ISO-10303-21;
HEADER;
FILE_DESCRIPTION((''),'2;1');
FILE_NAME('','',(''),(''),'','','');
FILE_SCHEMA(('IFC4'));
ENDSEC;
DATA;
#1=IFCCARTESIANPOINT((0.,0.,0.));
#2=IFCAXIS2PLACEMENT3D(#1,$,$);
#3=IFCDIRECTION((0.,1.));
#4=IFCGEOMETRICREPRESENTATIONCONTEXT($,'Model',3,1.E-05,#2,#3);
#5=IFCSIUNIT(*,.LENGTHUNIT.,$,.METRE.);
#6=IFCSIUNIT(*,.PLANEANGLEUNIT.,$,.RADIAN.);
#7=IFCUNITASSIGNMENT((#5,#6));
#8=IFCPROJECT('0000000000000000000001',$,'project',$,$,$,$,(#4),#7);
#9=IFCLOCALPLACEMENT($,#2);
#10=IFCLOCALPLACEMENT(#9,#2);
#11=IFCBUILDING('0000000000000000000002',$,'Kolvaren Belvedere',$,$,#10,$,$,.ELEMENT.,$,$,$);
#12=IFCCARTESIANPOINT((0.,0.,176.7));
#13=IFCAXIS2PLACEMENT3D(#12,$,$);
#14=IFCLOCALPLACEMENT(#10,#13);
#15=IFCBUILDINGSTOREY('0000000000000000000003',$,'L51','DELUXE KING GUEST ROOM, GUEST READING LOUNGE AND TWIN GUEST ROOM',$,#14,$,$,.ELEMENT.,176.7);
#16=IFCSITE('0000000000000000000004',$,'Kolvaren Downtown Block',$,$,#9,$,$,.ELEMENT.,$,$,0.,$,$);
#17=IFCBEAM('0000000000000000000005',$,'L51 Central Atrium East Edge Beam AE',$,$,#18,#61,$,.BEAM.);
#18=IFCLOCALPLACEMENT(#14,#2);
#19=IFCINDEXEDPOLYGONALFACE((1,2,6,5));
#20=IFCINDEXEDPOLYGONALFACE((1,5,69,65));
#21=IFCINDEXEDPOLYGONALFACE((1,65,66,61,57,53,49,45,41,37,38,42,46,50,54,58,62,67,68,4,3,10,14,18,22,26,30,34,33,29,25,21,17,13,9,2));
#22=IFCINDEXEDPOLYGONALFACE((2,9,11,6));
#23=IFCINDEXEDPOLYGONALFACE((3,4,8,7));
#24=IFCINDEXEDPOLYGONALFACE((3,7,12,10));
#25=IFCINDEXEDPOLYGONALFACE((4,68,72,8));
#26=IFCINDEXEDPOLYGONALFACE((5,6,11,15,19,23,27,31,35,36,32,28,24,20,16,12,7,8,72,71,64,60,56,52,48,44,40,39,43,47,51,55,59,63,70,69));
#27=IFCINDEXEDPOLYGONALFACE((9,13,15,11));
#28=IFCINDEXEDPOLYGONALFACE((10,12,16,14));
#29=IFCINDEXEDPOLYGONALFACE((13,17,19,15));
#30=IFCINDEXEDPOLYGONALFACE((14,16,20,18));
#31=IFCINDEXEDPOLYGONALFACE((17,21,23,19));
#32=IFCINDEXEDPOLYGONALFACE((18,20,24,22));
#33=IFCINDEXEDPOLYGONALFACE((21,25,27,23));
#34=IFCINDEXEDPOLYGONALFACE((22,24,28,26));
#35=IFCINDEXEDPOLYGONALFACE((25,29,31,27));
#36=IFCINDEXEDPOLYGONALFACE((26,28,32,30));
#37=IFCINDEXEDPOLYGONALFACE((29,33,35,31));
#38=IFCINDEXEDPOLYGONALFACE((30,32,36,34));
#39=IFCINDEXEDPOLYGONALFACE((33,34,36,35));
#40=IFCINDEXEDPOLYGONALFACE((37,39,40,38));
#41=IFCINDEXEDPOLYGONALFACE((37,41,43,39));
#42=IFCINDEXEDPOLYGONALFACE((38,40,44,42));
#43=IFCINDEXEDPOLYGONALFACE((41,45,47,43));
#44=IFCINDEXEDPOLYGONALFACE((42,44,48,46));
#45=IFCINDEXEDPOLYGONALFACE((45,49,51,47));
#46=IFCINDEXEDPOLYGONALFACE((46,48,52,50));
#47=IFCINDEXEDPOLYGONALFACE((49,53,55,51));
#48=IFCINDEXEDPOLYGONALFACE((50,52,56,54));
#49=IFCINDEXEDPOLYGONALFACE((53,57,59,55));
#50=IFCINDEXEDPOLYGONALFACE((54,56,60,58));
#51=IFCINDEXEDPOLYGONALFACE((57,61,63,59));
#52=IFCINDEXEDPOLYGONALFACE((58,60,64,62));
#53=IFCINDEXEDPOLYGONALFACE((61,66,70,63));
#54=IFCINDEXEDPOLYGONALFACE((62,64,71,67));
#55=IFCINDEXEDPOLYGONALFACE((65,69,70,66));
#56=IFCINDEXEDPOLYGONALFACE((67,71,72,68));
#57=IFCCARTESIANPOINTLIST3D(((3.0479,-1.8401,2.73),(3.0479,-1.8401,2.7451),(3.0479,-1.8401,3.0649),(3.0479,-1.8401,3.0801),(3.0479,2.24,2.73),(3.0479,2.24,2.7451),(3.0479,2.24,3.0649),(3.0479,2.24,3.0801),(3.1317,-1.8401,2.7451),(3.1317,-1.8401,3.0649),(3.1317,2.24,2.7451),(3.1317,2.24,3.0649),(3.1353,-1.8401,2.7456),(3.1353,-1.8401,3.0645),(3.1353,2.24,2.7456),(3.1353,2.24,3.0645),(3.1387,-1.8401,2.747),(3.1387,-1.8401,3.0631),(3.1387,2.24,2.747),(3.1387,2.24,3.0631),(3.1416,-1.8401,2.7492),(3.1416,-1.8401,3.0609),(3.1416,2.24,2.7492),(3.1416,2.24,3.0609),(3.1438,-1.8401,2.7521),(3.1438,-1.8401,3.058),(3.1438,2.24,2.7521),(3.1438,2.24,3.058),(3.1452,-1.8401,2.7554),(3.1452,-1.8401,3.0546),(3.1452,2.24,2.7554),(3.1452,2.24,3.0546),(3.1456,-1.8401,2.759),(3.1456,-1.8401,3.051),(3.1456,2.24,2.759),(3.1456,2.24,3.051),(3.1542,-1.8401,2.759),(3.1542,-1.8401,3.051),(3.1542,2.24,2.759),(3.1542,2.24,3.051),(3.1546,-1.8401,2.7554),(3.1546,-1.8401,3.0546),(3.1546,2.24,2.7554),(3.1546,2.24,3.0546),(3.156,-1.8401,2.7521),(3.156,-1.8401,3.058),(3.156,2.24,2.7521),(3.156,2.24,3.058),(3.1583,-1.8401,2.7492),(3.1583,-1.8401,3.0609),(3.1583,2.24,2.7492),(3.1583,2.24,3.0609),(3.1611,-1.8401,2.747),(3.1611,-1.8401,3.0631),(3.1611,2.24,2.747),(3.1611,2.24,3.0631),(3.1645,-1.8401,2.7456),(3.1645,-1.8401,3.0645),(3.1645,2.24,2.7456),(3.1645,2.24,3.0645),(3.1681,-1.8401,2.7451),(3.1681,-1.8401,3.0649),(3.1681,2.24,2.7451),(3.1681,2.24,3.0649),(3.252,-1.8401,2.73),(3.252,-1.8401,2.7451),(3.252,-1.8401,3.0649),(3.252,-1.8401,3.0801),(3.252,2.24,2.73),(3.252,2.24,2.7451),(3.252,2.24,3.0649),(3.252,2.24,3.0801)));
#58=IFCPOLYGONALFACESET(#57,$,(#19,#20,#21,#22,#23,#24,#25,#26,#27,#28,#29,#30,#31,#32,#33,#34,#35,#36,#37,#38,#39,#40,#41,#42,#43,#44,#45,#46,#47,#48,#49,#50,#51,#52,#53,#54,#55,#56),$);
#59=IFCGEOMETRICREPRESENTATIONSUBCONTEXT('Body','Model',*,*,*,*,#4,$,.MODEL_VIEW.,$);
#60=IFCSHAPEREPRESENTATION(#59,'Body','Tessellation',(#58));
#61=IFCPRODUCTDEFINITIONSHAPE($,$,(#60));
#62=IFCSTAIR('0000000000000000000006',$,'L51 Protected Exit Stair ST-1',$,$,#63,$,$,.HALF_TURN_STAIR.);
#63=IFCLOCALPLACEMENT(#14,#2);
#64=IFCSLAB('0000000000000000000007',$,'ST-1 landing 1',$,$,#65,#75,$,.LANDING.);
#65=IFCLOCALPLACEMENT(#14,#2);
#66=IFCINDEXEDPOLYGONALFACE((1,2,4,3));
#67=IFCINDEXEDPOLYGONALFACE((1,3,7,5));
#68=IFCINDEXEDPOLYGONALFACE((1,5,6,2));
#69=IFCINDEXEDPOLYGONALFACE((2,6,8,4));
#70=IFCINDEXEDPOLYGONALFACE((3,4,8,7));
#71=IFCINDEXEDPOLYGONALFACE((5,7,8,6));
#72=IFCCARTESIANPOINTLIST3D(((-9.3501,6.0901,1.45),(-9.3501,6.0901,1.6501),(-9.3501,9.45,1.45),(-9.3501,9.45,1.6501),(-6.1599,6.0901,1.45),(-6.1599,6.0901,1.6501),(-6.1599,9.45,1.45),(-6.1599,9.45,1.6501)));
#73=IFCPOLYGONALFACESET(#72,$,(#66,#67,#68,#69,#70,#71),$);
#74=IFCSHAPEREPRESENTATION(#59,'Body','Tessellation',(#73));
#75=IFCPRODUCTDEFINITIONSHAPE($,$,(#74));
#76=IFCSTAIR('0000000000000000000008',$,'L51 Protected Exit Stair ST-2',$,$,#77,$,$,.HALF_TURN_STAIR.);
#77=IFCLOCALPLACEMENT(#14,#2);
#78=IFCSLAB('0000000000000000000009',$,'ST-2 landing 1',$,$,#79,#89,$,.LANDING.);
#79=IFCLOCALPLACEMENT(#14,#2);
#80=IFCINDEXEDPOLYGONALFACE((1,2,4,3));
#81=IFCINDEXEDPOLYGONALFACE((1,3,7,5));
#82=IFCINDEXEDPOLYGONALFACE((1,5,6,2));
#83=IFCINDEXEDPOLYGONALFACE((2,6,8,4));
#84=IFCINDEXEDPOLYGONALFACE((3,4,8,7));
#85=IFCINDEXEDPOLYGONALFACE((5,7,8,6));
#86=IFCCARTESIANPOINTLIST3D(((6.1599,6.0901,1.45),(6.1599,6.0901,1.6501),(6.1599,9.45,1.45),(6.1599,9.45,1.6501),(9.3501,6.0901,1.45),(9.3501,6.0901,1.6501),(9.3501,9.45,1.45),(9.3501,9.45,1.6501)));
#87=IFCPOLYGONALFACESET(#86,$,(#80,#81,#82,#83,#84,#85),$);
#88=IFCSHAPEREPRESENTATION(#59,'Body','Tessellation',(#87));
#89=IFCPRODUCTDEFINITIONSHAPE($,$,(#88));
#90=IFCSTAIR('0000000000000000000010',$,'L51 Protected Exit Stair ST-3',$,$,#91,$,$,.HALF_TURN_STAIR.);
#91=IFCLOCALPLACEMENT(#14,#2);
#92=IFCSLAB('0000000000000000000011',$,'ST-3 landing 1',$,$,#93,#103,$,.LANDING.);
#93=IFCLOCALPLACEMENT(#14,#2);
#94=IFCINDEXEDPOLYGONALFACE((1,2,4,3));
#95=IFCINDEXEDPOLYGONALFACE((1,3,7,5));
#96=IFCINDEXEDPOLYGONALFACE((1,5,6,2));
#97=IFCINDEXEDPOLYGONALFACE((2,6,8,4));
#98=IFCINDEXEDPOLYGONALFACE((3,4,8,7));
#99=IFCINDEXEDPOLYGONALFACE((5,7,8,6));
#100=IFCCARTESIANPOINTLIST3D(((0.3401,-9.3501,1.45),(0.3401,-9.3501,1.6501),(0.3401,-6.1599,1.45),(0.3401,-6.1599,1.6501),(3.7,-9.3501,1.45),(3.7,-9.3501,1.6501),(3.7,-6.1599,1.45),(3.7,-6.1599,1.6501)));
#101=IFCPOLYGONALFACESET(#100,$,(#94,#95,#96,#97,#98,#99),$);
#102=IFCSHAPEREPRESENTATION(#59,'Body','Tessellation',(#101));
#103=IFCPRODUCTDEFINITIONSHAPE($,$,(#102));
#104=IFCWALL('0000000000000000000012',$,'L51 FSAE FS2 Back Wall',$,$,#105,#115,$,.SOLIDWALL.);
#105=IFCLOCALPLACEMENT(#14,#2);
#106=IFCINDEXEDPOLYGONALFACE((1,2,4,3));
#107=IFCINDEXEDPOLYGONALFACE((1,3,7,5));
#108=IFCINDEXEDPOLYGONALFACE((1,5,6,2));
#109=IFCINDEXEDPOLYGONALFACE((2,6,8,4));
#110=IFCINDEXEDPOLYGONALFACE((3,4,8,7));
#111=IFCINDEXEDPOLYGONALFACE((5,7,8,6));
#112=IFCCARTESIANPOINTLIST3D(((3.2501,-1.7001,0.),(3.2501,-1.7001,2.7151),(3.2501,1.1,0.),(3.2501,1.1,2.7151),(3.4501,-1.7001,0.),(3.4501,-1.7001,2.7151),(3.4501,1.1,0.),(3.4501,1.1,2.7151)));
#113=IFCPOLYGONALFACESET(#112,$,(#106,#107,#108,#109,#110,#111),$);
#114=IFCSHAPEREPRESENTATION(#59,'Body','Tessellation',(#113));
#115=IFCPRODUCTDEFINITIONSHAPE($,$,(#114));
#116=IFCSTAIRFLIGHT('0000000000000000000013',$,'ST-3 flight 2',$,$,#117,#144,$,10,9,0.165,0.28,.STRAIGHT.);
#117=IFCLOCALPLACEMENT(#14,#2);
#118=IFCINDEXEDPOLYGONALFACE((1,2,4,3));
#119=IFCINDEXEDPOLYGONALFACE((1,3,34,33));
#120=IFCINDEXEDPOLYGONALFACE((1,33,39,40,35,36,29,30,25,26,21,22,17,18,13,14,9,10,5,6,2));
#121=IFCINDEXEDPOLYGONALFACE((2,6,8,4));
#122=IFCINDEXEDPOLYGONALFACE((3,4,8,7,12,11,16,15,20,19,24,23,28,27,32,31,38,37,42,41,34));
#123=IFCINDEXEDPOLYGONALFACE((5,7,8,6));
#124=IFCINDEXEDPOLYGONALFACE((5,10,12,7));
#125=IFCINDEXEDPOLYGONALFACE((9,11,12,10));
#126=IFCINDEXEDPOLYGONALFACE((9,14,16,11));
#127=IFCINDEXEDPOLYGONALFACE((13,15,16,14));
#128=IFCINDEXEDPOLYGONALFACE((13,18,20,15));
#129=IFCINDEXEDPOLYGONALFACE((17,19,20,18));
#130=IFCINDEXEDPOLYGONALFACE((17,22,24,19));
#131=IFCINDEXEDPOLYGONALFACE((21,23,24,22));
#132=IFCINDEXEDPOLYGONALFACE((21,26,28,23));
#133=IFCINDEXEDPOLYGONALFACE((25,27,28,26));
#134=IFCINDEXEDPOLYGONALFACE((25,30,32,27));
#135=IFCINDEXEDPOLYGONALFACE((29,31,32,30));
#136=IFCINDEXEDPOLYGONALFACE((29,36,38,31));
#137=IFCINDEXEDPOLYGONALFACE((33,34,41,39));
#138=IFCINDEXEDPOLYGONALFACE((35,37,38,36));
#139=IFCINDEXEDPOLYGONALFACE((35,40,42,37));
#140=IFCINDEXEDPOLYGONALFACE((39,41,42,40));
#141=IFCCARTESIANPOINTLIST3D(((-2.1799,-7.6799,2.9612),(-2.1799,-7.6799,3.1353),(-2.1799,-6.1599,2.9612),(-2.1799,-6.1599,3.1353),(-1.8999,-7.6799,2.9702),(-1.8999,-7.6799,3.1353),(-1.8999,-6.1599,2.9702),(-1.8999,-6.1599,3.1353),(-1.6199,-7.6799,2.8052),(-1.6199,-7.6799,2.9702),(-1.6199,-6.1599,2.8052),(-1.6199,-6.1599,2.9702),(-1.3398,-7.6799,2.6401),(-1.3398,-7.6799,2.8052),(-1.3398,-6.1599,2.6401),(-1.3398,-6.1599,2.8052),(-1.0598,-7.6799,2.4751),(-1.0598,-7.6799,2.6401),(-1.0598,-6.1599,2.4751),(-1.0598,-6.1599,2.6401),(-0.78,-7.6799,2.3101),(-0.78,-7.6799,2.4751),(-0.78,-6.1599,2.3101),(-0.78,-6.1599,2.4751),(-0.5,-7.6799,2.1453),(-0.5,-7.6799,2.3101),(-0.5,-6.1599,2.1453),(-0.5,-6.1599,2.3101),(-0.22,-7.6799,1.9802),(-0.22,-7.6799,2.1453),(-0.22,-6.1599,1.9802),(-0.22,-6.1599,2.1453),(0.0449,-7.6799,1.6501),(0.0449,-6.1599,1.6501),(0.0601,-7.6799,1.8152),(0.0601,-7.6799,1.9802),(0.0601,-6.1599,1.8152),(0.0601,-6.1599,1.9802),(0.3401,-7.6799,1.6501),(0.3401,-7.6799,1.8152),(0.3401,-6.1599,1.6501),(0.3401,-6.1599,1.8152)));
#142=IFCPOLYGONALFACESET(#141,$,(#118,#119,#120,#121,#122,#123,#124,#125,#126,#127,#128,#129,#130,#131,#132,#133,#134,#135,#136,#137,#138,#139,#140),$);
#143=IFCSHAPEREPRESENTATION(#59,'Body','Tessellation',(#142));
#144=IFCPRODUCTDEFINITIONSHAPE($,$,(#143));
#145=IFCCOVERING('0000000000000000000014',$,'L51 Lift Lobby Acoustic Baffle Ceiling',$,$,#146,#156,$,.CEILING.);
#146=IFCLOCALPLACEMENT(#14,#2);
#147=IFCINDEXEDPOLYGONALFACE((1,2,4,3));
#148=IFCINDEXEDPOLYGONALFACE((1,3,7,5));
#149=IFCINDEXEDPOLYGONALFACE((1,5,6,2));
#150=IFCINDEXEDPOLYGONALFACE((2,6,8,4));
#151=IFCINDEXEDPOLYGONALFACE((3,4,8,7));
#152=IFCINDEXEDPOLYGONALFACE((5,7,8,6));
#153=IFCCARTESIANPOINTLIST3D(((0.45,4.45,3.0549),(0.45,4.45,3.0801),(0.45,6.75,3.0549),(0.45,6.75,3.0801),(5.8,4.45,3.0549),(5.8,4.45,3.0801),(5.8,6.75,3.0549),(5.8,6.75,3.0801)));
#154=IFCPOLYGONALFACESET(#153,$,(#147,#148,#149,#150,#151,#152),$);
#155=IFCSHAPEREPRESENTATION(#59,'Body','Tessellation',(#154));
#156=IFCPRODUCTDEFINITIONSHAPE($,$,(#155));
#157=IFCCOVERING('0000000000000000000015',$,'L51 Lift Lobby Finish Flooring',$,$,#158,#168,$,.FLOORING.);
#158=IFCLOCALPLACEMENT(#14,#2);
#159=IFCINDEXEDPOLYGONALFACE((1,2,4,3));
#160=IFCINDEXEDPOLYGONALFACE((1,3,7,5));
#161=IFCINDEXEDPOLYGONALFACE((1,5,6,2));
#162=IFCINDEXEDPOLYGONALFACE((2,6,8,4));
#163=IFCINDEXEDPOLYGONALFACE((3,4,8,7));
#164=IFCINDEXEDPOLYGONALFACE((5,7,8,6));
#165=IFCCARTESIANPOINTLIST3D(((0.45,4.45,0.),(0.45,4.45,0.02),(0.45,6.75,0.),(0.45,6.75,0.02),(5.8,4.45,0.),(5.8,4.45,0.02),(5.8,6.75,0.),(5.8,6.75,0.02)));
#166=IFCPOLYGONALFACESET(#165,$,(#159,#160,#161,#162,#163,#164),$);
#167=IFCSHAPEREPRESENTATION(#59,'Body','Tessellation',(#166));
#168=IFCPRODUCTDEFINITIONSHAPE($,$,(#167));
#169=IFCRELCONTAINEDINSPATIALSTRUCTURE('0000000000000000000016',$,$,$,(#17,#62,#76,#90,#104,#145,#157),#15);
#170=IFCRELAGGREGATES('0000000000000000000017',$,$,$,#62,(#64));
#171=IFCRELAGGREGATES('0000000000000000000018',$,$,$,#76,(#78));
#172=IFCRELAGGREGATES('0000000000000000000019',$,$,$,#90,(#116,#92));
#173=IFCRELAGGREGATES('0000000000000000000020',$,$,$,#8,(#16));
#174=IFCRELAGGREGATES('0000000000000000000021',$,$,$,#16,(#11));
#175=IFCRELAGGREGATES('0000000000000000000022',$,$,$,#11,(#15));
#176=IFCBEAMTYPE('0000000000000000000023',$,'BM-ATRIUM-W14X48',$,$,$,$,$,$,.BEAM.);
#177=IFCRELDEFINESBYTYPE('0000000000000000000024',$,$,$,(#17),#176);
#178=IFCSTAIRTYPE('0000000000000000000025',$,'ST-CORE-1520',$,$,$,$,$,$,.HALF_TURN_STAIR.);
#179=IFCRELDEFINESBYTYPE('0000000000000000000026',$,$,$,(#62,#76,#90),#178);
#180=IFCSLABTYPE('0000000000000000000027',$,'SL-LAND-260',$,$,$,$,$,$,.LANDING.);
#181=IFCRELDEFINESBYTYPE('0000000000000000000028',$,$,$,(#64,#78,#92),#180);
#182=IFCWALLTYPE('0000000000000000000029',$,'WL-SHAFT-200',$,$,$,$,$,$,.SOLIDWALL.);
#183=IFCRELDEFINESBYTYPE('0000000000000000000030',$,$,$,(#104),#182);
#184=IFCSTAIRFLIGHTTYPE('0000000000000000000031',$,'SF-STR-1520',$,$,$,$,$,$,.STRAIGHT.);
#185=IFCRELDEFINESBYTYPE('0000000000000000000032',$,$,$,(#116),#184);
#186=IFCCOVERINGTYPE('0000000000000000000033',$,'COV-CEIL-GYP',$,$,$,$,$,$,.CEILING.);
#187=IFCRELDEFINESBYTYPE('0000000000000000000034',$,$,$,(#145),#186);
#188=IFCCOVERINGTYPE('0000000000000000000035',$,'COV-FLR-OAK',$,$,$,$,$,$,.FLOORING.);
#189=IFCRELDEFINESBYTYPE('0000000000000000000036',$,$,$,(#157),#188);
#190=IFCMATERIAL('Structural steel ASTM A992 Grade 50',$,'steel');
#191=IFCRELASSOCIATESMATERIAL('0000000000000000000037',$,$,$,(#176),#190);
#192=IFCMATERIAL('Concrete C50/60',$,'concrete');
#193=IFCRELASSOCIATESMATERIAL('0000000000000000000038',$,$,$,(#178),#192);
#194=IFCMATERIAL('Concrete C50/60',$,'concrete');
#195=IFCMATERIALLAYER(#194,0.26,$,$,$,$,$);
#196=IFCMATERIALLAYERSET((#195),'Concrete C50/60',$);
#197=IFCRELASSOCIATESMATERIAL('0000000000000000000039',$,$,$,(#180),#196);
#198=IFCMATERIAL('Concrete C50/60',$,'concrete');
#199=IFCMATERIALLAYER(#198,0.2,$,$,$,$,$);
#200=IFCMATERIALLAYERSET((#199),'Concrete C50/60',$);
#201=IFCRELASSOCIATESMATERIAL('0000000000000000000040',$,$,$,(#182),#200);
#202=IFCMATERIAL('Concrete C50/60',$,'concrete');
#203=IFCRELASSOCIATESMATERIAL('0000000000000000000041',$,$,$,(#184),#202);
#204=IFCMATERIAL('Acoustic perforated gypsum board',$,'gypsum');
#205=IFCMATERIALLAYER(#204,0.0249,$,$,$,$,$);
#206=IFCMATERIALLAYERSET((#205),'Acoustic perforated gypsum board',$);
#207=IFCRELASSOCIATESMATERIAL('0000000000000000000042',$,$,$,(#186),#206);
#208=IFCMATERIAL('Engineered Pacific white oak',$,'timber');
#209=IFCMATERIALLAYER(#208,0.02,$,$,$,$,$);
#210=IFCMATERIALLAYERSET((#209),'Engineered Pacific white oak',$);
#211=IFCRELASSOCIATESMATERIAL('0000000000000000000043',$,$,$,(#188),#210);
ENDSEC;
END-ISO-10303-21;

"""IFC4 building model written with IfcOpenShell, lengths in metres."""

from ifc_helpers import new_model, si_unit, direction, frame, frame_2d, origin, origin_2d, place, context, subcontext, project, spatial, polyline, rectangle, i_section, outline, extrude, material, layer, layer_set, material_profile, profile_set, type_object, element, aggregate, save


model = new_model("IFC4")

# Units and contexts
model_context = context("Model", 3, precision=1e-05, world=origin(), true_north=direction((0.0, 1.0)))
body_context = subcontext(model_context, "Body", "Model", "MODEL_VIEW")
ifc_project = project(units=[si_unit("LENGTHUNIT", "METRE"), si_unit("PLANEANGLEUNIT", "RADIAN")], contexts=[model_context])

# Site, building, storey
site_placement = place(None, origin())
site = spatial("IfcSite", under=ifc_project, at=site_placement, Name="Kolvaren Downtown Block", CompositionType="ELEMENT", RefElevation=0.0)
building_placement = place(site_placement, origin())
building = spatial("IfcBuilding", under=site, at=building_placement, Name="Kolvaren Belvedere", CompositionType="ELEMENT")
storey_placement = place(building_placement, frame((0.0, 0.0, 176.7)))
storey = spatial("IfcBuildingStorey", under=building, at=storey_placement, Name="L51", Description="DELUXE KING GUEST ROOM, GUEST READING LOUNGE AND TWIN GUEST ROOM", CompositionType="ELEMENT", Elevation=176.7)

# Beam
ifc_material_1 = material(Name="Structural steel ASTM A992 Grade 50", Category="steel")
ifc_material_profile = material_profile(ifc_material_1, i_section(OverallWidth=0.2041, OverallDepth=0.3501, WebThickness=0.0085, FlangeThickness=0.0151, FilletRadius=0.0139, at=origin_2d()), Name="W14X48")
ifc_profile_set = profile_set([ifc_material_profile], Name="Structural steel ASTM A992 Grade 50")
beam_type = type_object("IfcBeamType", Name="BM-ATRIUM-W14X48", PredefinedType="BEAM", material=ifc_profile_set)
beam_placement = place(storey_placement, frame((3.1499, -1.8401, 2.905), z_axis=(0.0, 1.0, 0.0), x_axis=(-1.0, 0.0, 0.0)))
element("IfcBeam", 1, at=beam_placement, inside=storey, type_object=beam_type, Name="L51 Central Atrium East Edge Beam AE", PredefinedType="BEAM", context=body_context, shape_type="SweptSolid", body=[
    extrude(i_section(OverallWidth=0.2041, OverallDepth=0.3501, WebThickness=0.0085, FlangeThickness=0.0151, FilletRadius=0.0139, at=origin_2d()), origin(), (0.0, 0.0, 1.0), 4.0801),
])

# Stairs, slabs
ifc_material_2 = material(Name="Concrete C50/60", Category="concrete")
stair_type = type_object("IfcStairType", Name="ST-CORE-1520", PredefinedType="HALF_TURN_STAIR", material=ifc_material_2)
stair_1_placement = place(storey_placement, origin())
stair_1 = element("IfcStair", 2, at=stair_1_placement, inside=storey, type_object=stair_type, Name="L51 Protected Exit Stair ST-1", PredefinedType="HALF_TURN_STAIR")
ifc_material_3 = material(Name="Concrete C50/60", Category="concrete")
ifc_layer_1 = layer(ifc_material_3, 0.26)
ifc_layer_set_1 = layer_set([ifc_layer_1], Name="Concrete C50/60")
slab_type = type_object("IfcSlabType", Name="SL-LAND-260", PredefinedType="LANDING", material=ifc_layer_set_1)
slab_1_placement = place(storey_placement, frame((0.0, 0.0, 1.45)))
slab_1 = element("IfcSlab", 3, at=slab_1_placement, type_object=slab_type, Name="ST-1 landing 1", PredefinedType="LANDING", context=body_context, shape_type="SweptSolid", body=[
    extrude(outline(polyline([(-6.1599, 6.0901), (-6.1599, 9.45), (-9.3501, 9.45), (-9.3501, 6.0901), (-6.1599, 6.0901)])), origin(), (0.0, 0.0, 1.0), 0.2002),
])
aggregate(stair_1, [slab_1])
stair_2_placement = place(storey_placement, origin())
stair_2 = element("IfcStair", 4, at=stair_2_placement, inside=storey, type_object=stair_type, Name="L51 Protected Exit Stair ST-2", PredefinedType="HALF_TURN_STAIR")
slab_2_placement = place(storey_placement, frame((0.0, 0.0, 1.45)))
slab_2 = element("IfcSlab", 5, at=slab_2_placement, type_object=slab_type, Name="ST-2 landing 1", PredefinedType="LANDING", context=body_context, shape_type="SweptSolid", body=[
    extrude(outline(polyline([(9.3501, 6.0901), (9.3501, 9.45), (6.1599, 9.45), (6.1599, 6.0901), (9.3501, 6.0901)])), origin(), (0.0, 0.0, 1.0), 0.2002),
])
aggregate(stair_2, [slab_2])
stair_3_placement = place(storey_placement, origin())
stair_3 = element("IfcStair", 6, at=stair_3_placement, inside=storey, type_object=stair_type, Name="L51 Protected Exit Stair ST-3", PredefinedType="HALF_TURN_STAIR")
slab_3_placement = place(storey_placement, frame((0.0, 0.0, 1.45)))
slab_3 = element("IfcSlab", 7, at=slab_3_placement, type_object=slab_type, Name="ST-3 landing 1", PredefinedType="LANDING", context=body_context, shape_type="SweptSolid", body=[
    extrude(outline(polyline([(0.3401, -9.3501), (3.7, -9.3501), (3.7, -6.1599), (0.3401, -6.1599), (0.3401, -9.3501)])), origin(), (0.0, 0.0, 1.0), 0.2002),
])

# Wall
ifc_material_4 = material(Name="Concrete C50/60", Category="concrete")
ifc_layer_2 = layer(ifc_material_4, 0.2)
ifc_layer_set_2 = layer_set([ifc_layer_2], Name="Concrete C50/60")
wall_type = type_object("IfcWallType", Name="WL-SHAFT-200", PredefinedType="SOLIDWALL", material=ifc_layer_set_2)
wall_placement = place(storey_placement, frame((3.3501, -1.7, 0.0), z_axis=(0.0, 0.0, 1.0), x_axis=(0.0, 1.0, 0.0)))
element("IfcWall", 8, at=wall_placement, inside=storey, type_object=wall_type, Name="L51 FSAE FS2 Back Wall", PredefinedType="SOLIDWALL", context=body_context, shape_type="SweptSolid", body=[
    extrude(rectangle(XDim=2.8, YDim=0.2, at=frame_2d((1.3999, 0.0))), origin(), (0.0, 0.0, 1.0), 2.7151),
])

# Stair flight
ifc_material_5 = material(Name="Concrete C50/60", Category="concrete")
stair_flight_type = type_object("IfcStairFlightType", Name="SF-STR-1520", PredefinedType="STRAIGHT", material=ifc_material_5)
stair_flight_placement = place(storey_placement, frame((0.3401, -6.9199, 1.6501), z_axis=(0.0, 0.0, 1.0), x_axis=(-1.0, 0.0, 0.0)))
stair_flight = element("IfcStairFlight", 9, at=stair_flight_placement, type_object=stair_flight_type, Name="ST-3 flight 2", NumberOfRisers=10, NumberOfTreads=9, PredefinedType="STRAIGHT", RiserHeight=0.165, TreadLength=0.28, context=body_context, shape_type="SweptSolid", body=[
    extrude(outline(polyline([(0.0, 0.0), (0.0, 0.165), (0.28, 0.165), (0.28, 0.3301), (0.5601, 0.3301), (0.5601, 0.4951), (0.8401, 0.4951), (0.8401, 0.6599), (1.1201, 0.6599), (1.1201, 0.825), (1.3999, 0.825), (1.3999, 0.99), (1.6799, 0.99), (1.6799, 1.155), (1.96, 1.155), (1.96, 1.3201), (2.24, 1.3201), (2.24, 1.4851), (2.52, 1.4851), (2.52, 1.6499), (2.52, 1.311), (0.2952, 0.0), (0.0, 0.0)])), frame((0.0, 0.76, 0.0), z_axis=(0.0, -1.0, 0.0), x_axis=(1.0, 0.0, 0.0)), (0.0, 0.0, 1.0), 1.52),
])
aggregate(stair_3, [stair_flight, slab_3])

# Coverings
ifc_material_6 = material(Name="Acoustic perforated gypsum board", Category="gypsum")
ifc_layer_3 = layer(ifc_material_6, 0.0249)
ifc_layer_set_3 = layer_set([ifc_layer_3], Name="Acoustic perforated gypsum board")
covering_type_1 = type_object("IfcCoveringType", Name="COV-CEIL-GYP", PredefinedType="CEILING", material=ifc_layer_set_3)
covering_1_placement = place(storey_placement, frame((0.0, 0.0, 3.0549)))
element("IfcCovering", 10, at=covering_1_placement, inside=storey, type_object=covering_type_1, Name="L51 Lift Lobby Acoustic Baffle Ceiling", PredefinedType="CEILING", context=body_context, shape_type="SweptSolid", body=[
    extrude(outline(polyline([(0.45, 4.45), (5.8, 4.45), (5.8, 6.75), (0.45, 6.75), (0.45, 4.45)])), origin(), (0.0, 0.0, 1.0), 0.0251),
])
ifc_material_7 = material(Name="Engineered Pacific white oak", Category="timber")
ifc_layer_4 = layer(ifc_material_7, 0.02)
ifc_layer_set_4 = layer_set([ifc_layer_4], Name="Engineered Pacific white oak")
covering_type_2 = type_object("IfcCoveringType", Name="COV-FLR-OAK", PredefinedType="FLOORING", material=ifc_layer_set_4)
covering_2_placement = place(storey_placement, origin())
element("IfcCovering", 11, at=covering_2_placement, inside=storey, type_object=covering_type_2, Name="L51 Lift Lobby Finish Flooring", PredefinedType="FLOORING", context=body_context, shape_type="SweptSolid", body=[
    extrude(outline(polyline([(0.45, 4.45), (5.8, 4.45), (5.8, 6.75), (0.45, 6.75), (0.45, 4.45)])), origin(), (0.0, 0.0, 1.0), 0.02),
])

save(model, "model.ifc")
